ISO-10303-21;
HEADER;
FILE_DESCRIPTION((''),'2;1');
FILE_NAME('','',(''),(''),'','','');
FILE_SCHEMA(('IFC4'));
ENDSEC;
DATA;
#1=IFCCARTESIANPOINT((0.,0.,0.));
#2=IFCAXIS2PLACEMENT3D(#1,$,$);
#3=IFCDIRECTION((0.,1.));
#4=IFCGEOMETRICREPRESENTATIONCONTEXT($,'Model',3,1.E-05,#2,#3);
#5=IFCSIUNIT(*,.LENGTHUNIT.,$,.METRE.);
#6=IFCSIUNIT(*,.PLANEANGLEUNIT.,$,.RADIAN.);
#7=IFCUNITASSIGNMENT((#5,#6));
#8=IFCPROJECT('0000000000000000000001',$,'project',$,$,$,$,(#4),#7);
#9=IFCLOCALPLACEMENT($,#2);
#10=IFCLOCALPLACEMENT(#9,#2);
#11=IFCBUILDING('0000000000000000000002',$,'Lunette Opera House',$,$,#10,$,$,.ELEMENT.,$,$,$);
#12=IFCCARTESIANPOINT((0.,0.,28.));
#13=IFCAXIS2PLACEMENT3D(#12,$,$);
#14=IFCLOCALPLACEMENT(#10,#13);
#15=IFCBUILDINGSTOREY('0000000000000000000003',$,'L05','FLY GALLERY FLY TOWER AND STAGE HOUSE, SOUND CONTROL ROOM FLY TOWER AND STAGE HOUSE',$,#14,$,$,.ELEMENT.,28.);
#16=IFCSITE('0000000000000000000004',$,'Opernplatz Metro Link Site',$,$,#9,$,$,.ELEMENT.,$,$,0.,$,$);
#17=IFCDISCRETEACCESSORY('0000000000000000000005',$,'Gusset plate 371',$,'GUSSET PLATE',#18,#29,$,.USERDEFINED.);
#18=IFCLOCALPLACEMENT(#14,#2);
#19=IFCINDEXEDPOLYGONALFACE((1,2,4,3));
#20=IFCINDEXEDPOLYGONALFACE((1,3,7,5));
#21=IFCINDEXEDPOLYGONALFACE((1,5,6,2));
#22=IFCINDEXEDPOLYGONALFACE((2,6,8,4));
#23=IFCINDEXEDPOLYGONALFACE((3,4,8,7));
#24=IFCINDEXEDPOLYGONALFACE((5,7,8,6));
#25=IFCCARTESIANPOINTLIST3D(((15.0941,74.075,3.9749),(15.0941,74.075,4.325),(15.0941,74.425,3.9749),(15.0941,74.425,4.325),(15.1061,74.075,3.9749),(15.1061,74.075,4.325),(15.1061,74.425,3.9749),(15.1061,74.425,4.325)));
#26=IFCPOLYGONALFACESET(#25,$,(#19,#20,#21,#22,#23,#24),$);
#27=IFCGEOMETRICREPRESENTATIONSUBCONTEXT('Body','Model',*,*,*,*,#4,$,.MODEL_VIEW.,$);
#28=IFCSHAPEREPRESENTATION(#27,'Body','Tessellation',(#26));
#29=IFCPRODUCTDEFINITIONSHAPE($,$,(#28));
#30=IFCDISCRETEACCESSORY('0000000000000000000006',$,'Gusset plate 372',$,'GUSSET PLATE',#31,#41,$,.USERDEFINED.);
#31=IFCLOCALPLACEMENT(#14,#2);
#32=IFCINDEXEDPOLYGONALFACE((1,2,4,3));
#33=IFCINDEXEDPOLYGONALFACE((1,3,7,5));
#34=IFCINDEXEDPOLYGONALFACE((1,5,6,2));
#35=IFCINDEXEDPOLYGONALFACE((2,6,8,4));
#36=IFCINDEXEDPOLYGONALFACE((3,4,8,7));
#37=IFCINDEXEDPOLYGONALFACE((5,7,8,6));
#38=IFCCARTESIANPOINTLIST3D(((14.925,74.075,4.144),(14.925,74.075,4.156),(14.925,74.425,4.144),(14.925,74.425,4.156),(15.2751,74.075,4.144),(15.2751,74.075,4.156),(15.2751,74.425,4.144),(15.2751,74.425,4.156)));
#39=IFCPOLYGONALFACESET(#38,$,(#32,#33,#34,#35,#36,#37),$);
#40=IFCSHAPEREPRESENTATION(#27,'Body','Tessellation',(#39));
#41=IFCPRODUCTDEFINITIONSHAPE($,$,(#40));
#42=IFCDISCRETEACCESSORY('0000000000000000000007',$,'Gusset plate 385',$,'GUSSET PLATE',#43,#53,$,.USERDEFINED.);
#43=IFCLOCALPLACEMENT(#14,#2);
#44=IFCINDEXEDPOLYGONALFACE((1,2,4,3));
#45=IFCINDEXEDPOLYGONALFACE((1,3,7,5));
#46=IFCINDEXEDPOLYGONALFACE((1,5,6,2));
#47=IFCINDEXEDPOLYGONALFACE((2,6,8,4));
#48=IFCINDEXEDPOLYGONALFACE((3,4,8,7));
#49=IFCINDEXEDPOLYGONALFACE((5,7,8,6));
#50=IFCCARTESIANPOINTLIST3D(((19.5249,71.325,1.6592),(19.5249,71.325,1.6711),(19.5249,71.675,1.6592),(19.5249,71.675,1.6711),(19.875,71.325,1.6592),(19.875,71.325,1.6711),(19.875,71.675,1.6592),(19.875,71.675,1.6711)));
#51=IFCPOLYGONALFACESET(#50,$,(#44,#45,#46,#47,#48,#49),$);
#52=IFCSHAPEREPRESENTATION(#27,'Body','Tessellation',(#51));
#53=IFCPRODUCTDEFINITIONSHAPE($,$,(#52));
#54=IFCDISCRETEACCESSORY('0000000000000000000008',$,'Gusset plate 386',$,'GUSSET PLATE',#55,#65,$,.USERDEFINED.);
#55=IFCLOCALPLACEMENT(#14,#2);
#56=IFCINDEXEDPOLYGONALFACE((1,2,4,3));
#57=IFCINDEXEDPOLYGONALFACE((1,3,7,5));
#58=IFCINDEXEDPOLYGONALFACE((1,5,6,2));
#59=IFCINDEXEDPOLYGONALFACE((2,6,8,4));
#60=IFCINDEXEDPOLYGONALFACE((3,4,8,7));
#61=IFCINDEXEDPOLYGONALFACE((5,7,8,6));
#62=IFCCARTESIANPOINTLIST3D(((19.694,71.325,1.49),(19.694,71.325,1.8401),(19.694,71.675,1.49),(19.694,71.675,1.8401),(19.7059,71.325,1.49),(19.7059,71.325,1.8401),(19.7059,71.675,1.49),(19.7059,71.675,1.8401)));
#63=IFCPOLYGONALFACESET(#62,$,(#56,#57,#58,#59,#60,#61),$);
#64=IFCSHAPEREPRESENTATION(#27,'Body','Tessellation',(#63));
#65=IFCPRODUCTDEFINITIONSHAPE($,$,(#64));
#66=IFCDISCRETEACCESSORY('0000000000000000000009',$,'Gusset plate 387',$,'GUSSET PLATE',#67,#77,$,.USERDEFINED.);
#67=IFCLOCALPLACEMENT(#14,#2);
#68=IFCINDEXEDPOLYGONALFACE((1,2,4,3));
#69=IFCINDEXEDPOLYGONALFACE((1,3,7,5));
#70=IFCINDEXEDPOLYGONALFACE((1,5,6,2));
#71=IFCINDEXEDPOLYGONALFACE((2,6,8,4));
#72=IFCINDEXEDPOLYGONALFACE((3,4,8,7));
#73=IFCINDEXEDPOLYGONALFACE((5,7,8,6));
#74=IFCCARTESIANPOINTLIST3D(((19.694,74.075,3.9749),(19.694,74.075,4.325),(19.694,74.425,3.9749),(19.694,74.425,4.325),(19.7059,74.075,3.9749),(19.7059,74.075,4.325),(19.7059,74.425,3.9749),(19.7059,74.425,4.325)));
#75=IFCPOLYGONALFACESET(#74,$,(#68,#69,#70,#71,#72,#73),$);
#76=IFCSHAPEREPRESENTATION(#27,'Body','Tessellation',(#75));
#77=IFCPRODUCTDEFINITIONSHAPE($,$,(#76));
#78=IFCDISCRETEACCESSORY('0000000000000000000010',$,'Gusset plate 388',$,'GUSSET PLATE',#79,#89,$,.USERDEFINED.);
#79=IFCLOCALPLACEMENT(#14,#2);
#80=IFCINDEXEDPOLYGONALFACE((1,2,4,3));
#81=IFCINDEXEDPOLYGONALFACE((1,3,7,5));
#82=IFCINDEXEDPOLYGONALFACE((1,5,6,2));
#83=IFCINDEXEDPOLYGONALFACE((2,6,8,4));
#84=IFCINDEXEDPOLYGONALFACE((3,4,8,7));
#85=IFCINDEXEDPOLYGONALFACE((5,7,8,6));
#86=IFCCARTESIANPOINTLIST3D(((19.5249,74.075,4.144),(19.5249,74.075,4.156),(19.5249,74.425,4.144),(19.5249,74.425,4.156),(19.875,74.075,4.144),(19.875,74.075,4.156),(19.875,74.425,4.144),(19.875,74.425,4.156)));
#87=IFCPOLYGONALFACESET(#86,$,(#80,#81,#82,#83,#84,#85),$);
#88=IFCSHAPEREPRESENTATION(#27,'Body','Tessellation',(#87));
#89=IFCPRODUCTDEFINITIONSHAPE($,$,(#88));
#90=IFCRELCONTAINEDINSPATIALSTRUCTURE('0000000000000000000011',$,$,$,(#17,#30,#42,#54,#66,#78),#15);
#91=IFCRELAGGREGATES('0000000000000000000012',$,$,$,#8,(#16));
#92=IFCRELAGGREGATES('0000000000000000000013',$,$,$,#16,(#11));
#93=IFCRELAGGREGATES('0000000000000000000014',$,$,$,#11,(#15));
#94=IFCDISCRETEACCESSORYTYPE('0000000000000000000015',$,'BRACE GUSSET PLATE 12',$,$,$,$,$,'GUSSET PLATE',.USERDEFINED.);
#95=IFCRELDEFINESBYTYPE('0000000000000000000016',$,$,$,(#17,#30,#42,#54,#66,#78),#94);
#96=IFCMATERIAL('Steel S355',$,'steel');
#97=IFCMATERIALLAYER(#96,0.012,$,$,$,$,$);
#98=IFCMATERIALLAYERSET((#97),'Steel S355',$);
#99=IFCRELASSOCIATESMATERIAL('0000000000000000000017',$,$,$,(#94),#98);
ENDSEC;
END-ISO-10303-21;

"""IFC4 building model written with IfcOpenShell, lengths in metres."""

from ifc_helpers import new_model, si_unit, direction, frame, origin, origin_2d, place, context, subcontext, project, spatial, rectangle, extrude, material, layer, layer_set, type_object, element, save


model = new_model("IFC4")

# Units and contexts
model_context = context("Model", 3, precision=1e-05, world=origin(), true_north=direction((0.0, 1.0)))
body_context = subcontext(model_context, "Body", "Model", "MODEL_VIEW")
ifc_project = project(units=[si_unit("LENGTHUNIT", "METRE"), si_unit("PLANEANGLEUNIT", "RADIAN")], contexts=[model_context])

# Site, building, storey
site_placement = place(None, origin())
site = spatial("IfcSite", under=ifc_project, at=site_placement, Name="Opernplatz Metro Link Site", CompositionType="ELEMENT", RefElevation=0.0)
building_placement = place(site_placement, origin())
building = spatial("IfcBuilding", under=site, at=building_placement, Name="Lunette Opera House", CompositionType="ELEMENT")
storey_placement = place(building_placement, frame((0.0, 0.0, 28.0)))
storey = spatial("IfcBuildingStorey", under=building, at=storey_placement, Name="L05", Description="FLY GALLERY FLY TOWER AND STAGE HOUSE, SOUND CONTROL ROOM FLY TOWER AND STAGE HOUSE", CompositionType="ELEMENT", Elevation=28.0)

# Discrete accessories
ifc_material_1 = material(Name="Steel S355", Category="steel")
ifc_layer = layer(ifc_material_1, 0.012)
ifc_layer_set = layer_set([ifc_layer], Name="Steel S355")
discrete_accessory_type = type_object("IfcDiscreteAccessoryType", Name="BRACE GUSSET PLATE 12", ElementType="GUSSET PLATE", PredefinedType="USERDEFINED", material=ifc_layer_set)
discrete_accessory_1_placement = place(storey_placement, frame((15.1001, 74.25, 3.9749), z_axis=(0.0, 0.0, 1.0), x_axis=(0.0, 1.0, 0.0)))
element("IfcDiscreteAccessory", 1, at=discrete_accessory_1_placement, inside=storey, type_object=discrete_accessory_type, Name="Gusset plate 371", ObjectType="GUSSET PLATE", PredefinedType="USERDEFINED", context=body_context, shape_type="SweptSolid", body=[
    extrude(rectangle(XDim=0.3501, YDim=0.012, at=origin_2d()), origin(), (0.0, 0.0, 1.0), 0.3501),
])
for number, where, z_axis, x_axis, name in (
    (2, (15.1001, 74.25, 4.144), (0.0, 0.0, 1.0), (0.0, 1.0, 0.0), "Gusset plate 372"),
    (3, (19.7, 71.5, 1.6592), (0.0, 0.0, 1.0), (0.0, 1.0, 0.0), "Gusset plate 385"),
):
    element("IfcDiscreteAccessory", number, at=place(storey_placement, frame(where, z_axis=z_axis, x_axis=x_axis)), inside=storey, type_object=discrete_accessory_type, Name=name, ObjectType="GUSSET PLATE", PredefinedType="USERDEFINED", context=body_context, shape_type="SweptSolid", body=[
        extrude(rectangle(XDim=0.3501, YDim=0.3501, at=origin_2d()), origin(), (0.0, 0.0, 1.0), 0.012),
    ])
for number, where, z_axis, x_axis, name in (
    (4, (19.7, 71.5, 1.49), (0.0, 0.0, 1.0), (0.0, 1.0, 0.0), "Gusset plate 386"),
    (5, (19.7, 74.25, 3.9749), (0.0, 0.0, 1.0), (0.0, 1.0, 0.0), "Gusset plate 387"),
):
    element("IfcDiscreteAccessory", number, at=place(storey_placement, frame(where, z_axis=z_axis, x_axis=x_axis)), inside=storey, type_object=discrete_accessory_type, Name=name, ObjectType="GUSSET PLATE", PredefinedType="USERDEFINED", context=body_context, shape_type="SweptSolid", body=[
        extrude(rectangle(XDim=0.3501, YDim=0.012, at=origin_2d()), origin(), (0.0, 0.0, 1.0), 0.3501),
    ])
discrete_accessory_2_placement = place(storey_placement, frame((19.7, 74.25, 4.144), z_axis=(0.0, 0.0, 1.0), x_axis=(0.0, 1.0, 0.0)))
element("IfcDiscreteAccessory", 6, at=discrete_accessory_2_placement, inside=storey, type_object=discrete_accessory_type, Name="Gusset plate 388", ObjectType="GUSSET PLATE", PredefinedType="USERDEFINED", context=body_context, shape_type="SweptSolid", body=[
    extrude(rectangle(XDim=0.3501, YDim=0.3501, at=origin_2d()), origin(), (0.0, 0.0, 1.0), 0.012),
])

save(model, "model.ifc")
